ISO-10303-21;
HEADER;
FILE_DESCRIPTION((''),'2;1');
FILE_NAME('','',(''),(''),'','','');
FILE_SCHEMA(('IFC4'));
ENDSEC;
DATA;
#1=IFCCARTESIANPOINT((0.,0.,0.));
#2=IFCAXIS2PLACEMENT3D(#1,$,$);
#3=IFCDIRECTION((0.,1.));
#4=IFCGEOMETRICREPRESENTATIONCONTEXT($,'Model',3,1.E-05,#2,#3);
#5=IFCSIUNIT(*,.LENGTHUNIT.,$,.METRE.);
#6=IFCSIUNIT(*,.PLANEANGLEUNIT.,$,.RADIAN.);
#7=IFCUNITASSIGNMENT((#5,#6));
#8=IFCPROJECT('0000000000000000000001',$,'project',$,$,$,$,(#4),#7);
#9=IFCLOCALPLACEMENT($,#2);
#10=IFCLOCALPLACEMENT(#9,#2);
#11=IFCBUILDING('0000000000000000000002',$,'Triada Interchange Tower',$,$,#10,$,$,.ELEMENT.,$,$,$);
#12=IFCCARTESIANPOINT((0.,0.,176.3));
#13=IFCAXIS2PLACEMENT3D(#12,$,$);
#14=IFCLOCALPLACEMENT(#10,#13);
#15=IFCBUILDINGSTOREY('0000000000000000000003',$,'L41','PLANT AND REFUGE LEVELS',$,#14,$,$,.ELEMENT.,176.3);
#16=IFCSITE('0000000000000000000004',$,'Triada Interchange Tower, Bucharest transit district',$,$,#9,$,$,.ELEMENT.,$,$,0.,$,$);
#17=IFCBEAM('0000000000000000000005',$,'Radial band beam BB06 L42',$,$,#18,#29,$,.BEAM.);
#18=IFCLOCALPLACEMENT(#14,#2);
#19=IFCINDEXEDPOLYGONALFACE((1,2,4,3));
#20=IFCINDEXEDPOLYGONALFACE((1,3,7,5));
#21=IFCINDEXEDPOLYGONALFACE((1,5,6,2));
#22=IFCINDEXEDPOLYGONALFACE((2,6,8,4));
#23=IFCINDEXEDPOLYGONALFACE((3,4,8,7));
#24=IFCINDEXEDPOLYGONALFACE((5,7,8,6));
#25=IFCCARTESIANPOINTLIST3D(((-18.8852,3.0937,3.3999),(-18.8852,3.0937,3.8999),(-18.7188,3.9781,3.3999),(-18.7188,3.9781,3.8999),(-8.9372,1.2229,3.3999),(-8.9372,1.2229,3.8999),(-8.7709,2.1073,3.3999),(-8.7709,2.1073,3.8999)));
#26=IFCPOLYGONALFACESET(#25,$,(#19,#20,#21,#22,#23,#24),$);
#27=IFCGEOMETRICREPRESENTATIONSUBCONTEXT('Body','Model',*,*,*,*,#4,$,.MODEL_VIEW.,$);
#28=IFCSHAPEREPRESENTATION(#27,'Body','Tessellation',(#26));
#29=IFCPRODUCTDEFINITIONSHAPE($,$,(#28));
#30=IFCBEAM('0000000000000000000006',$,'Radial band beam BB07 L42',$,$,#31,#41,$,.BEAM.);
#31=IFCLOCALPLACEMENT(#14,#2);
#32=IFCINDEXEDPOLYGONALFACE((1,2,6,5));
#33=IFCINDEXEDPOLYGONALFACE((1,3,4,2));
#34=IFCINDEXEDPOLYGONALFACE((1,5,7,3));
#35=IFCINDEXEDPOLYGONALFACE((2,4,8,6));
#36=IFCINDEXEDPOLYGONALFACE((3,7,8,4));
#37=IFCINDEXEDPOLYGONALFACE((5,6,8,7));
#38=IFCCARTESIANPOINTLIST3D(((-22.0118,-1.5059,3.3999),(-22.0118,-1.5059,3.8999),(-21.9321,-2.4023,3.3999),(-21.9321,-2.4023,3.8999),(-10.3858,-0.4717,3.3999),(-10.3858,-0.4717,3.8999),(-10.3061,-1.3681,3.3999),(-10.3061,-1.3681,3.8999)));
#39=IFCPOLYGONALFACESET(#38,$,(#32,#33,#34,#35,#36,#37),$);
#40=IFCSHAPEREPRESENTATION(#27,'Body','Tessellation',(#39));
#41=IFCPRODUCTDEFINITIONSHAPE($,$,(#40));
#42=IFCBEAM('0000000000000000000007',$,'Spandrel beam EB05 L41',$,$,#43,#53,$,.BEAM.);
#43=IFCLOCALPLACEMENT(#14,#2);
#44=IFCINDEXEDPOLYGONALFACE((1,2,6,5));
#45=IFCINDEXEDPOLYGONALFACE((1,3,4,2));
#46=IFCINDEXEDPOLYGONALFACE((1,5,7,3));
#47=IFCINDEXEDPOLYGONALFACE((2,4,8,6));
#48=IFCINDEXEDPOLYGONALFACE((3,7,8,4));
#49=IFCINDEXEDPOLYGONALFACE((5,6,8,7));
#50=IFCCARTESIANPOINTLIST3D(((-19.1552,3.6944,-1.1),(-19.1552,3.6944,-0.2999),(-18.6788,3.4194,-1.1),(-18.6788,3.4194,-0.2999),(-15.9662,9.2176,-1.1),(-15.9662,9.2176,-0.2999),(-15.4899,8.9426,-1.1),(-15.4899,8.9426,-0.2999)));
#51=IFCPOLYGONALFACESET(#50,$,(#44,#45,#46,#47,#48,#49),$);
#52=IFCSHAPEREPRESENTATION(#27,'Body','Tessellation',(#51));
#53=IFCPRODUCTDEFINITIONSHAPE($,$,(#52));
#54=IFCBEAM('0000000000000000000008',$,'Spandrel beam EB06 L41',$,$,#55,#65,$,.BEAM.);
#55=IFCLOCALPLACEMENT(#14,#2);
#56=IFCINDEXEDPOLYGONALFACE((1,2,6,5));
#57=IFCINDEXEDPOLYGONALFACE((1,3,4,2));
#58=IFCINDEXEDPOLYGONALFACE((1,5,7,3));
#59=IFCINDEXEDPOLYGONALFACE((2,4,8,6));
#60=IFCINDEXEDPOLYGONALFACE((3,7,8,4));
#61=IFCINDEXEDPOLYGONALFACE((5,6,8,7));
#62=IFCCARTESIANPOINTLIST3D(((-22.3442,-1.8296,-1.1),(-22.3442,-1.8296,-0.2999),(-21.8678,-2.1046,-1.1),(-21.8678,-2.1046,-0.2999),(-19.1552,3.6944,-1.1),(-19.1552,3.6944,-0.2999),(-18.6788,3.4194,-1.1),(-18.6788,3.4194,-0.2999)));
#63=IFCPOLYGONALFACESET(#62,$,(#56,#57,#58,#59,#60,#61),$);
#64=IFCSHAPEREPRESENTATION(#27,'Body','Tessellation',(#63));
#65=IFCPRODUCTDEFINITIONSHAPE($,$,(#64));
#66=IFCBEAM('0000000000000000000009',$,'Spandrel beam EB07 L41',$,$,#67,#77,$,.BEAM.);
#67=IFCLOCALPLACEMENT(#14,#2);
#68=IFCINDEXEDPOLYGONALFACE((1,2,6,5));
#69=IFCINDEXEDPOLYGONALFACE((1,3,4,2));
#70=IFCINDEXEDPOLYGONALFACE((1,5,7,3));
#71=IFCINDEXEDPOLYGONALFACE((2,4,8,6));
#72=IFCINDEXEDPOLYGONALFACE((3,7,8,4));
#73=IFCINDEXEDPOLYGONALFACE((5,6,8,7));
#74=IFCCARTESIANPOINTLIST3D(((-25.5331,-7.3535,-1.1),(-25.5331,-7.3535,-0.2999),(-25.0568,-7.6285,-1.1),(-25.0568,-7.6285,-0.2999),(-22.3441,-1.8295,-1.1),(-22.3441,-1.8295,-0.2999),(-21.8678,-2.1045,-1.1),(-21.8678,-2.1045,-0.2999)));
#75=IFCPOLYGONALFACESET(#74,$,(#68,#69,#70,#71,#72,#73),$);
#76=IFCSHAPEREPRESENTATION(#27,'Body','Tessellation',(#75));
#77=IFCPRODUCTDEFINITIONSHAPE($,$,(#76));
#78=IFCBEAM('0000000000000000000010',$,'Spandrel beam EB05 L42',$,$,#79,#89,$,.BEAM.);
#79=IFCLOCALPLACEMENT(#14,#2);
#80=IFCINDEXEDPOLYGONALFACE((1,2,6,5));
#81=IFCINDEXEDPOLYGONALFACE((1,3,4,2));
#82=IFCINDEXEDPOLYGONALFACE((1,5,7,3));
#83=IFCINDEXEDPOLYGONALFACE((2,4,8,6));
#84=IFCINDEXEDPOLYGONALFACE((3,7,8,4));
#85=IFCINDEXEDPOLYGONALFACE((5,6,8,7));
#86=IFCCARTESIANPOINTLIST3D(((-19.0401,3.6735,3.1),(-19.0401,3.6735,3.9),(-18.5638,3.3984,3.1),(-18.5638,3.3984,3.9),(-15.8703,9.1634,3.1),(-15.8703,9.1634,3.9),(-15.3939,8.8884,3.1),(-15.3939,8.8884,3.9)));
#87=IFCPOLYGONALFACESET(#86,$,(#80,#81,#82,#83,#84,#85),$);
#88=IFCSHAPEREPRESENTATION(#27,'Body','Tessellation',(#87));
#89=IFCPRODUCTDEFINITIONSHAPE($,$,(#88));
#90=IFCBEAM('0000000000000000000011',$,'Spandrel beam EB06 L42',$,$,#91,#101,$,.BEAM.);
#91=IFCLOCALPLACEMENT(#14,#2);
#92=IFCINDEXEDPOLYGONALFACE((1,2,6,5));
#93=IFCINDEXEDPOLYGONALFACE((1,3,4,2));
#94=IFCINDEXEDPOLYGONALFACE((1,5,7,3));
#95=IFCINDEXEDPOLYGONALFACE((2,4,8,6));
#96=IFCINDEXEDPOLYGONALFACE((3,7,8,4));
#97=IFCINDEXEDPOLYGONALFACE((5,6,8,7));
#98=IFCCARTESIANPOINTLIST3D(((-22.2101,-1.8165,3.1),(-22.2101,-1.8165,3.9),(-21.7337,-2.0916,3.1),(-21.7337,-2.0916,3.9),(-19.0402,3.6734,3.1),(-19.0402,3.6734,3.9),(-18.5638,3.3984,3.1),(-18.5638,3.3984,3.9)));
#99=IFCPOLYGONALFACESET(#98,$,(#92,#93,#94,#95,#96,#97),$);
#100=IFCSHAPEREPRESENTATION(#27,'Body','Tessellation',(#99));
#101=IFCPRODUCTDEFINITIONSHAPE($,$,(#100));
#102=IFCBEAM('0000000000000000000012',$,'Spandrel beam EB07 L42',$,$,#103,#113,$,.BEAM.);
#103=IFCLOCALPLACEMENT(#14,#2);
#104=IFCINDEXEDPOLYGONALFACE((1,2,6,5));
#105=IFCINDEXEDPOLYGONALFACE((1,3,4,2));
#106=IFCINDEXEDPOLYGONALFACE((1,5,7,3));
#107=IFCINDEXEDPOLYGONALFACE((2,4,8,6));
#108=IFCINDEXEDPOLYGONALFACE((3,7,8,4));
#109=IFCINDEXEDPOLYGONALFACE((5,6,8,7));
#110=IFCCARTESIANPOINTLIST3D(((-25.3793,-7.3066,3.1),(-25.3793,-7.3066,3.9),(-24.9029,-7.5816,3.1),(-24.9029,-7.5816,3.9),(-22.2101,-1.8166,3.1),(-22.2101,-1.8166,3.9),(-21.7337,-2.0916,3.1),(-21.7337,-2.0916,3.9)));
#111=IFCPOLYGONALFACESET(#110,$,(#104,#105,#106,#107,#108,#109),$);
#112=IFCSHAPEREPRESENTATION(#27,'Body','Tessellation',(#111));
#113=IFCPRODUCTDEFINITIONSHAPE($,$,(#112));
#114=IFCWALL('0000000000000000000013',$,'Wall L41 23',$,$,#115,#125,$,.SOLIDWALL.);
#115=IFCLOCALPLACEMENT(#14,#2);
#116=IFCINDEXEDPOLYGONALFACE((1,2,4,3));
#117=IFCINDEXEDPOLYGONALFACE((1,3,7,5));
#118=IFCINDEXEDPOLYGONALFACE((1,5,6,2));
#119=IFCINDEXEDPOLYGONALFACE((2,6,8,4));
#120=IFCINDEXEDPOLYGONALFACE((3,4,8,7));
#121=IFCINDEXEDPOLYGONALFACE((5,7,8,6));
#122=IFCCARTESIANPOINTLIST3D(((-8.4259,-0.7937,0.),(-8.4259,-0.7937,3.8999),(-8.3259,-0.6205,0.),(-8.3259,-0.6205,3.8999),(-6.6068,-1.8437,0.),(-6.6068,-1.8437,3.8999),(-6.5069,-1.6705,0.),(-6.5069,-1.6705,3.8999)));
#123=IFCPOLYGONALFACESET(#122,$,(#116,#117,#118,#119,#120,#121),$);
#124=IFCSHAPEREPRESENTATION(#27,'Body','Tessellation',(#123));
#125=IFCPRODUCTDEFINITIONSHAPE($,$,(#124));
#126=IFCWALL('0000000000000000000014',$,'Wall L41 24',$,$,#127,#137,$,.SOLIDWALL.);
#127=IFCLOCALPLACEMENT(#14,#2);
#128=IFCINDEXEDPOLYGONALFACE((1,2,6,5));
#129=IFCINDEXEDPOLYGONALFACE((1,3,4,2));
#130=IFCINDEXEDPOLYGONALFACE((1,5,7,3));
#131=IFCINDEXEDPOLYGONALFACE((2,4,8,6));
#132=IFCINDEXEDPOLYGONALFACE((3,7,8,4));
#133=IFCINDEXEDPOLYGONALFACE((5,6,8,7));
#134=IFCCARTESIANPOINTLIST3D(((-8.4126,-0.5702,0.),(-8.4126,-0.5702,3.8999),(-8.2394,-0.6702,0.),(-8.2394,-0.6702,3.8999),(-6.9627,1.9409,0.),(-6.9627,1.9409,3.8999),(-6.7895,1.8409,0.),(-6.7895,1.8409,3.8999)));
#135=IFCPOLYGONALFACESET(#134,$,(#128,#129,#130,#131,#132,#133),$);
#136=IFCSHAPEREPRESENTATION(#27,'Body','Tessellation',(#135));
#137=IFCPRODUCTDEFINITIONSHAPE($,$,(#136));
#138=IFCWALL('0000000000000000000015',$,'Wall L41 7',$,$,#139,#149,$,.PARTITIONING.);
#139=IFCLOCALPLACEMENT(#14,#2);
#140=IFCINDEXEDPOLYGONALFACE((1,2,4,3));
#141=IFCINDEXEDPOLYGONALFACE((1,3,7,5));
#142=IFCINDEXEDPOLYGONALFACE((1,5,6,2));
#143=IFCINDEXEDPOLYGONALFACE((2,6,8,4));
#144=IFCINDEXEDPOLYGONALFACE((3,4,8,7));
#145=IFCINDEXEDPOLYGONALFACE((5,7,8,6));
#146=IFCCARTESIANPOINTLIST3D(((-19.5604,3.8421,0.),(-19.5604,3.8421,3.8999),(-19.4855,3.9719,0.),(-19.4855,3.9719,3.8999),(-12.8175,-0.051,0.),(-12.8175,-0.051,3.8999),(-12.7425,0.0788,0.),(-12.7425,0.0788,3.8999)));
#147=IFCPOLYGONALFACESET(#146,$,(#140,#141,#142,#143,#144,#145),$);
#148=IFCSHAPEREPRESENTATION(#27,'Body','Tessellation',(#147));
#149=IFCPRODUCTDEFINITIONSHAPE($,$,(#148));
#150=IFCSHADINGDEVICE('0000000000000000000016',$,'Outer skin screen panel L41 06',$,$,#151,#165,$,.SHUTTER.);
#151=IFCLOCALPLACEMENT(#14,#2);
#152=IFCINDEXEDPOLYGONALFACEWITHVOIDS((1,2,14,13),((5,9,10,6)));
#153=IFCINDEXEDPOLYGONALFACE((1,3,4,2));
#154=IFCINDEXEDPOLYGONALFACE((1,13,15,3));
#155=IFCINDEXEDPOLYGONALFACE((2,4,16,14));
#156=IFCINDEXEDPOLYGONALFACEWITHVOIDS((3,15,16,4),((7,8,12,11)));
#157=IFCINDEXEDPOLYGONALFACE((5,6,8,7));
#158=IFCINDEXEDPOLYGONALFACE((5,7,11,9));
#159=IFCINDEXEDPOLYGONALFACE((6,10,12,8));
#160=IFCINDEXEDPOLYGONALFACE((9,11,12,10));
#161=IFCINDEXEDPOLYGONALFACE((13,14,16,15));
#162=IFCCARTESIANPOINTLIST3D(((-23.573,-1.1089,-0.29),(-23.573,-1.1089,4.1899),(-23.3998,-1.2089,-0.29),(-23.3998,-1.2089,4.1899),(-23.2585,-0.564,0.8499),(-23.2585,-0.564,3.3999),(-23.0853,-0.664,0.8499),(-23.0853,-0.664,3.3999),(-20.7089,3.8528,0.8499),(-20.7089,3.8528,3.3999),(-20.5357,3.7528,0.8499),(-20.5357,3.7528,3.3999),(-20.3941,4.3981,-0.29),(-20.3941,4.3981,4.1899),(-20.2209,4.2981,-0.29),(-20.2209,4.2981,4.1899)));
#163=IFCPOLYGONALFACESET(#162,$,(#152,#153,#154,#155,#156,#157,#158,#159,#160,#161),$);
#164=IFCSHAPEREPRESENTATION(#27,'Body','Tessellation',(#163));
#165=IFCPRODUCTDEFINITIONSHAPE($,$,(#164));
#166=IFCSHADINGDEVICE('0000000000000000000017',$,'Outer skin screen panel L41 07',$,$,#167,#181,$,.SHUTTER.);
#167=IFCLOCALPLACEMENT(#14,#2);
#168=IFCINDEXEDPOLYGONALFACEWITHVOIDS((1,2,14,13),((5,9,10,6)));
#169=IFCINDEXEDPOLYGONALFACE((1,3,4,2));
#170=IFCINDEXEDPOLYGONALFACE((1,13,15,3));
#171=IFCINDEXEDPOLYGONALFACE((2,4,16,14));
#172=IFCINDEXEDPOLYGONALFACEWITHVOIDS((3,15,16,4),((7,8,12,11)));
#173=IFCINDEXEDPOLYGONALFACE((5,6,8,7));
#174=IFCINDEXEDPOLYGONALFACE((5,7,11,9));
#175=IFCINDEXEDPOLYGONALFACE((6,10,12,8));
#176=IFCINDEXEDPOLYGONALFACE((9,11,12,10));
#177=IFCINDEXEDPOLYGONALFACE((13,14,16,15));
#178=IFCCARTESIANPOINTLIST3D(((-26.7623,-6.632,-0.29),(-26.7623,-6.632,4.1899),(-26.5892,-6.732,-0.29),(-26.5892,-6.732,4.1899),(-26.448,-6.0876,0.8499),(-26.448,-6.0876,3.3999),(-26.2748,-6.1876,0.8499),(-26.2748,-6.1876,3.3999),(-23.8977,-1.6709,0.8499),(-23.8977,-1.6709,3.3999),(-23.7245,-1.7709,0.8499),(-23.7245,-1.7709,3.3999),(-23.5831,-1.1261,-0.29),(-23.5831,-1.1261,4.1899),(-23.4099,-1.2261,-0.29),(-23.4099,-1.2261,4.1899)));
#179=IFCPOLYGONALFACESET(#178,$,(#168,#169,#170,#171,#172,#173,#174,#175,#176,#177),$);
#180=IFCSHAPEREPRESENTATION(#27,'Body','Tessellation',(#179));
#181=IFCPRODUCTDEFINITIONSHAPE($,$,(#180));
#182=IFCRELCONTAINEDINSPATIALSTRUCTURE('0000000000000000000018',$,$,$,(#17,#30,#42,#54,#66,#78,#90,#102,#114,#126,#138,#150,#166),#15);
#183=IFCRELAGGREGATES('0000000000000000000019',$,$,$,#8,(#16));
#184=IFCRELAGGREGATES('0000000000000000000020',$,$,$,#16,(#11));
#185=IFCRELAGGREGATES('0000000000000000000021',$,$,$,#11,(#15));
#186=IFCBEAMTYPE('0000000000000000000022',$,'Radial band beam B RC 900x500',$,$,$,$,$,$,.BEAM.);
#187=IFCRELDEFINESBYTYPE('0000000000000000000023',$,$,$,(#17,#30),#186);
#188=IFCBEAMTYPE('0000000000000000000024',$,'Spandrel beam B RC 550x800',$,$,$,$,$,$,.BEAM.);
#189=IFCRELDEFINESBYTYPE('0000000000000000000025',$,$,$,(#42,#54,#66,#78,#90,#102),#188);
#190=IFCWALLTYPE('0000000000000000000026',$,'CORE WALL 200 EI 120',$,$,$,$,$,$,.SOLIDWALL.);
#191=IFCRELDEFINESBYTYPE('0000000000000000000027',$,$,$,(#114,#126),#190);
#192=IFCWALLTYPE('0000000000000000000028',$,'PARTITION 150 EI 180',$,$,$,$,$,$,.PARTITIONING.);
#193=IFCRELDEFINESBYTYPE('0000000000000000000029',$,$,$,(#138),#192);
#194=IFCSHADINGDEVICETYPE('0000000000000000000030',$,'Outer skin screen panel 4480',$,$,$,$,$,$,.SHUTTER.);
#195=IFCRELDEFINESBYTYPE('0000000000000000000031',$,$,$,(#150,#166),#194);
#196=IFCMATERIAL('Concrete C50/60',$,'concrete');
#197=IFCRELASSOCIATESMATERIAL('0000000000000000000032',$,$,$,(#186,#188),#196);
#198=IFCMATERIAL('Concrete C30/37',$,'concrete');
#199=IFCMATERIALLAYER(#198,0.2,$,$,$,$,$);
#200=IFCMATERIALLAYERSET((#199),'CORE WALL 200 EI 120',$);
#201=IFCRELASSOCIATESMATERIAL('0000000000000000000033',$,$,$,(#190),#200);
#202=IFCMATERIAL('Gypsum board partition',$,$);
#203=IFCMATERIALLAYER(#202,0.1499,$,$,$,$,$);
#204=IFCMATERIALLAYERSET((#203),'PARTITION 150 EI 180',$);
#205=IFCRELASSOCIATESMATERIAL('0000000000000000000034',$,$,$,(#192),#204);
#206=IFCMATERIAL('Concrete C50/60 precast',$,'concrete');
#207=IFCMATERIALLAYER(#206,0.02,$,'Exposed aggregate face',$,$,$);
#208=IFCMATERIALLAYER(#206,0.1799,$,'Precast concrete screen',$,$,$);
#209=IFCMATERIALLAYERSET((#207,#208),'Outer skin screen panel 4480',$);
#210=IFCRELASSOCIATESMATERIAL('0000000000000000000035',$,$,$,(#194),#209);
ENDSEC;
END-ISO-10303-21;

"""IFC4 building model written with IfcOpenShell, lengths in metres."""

from ifc_helpers import new_model, si_unit, direction, frame, frame_2d, origin, origin_2d, place, context, subcontext, project, spatial, polyline, rectangle, outline, extrude, material, layer, layer_set, material_profile, profile_set, type_object, element, save


model = new_model("IFC4")

# Units and contexts
model_context = context("Model", 3, precision=1e-05, world=origin(), true_north=direction((0.0, 1.0)))
body_context = subcontext(model_context, "Body", "Model", "MODEL_VIEW")
ifc_project = project(units=[si_unit("LENGTHUNIT", "METRE"), si_unit("PLANEANGLEUNIT", "RADIAN")], contexts=[model_context])

# Site, building, storey
site_placement = place(None, origin())
site = spatial("IfcSite", under=ifc_project, at=site_placement, Name="Triada Interchange Tower, Bucharest transit district", CompositionType="ELEMENT", RefElevation=0.0)
building_placement = place(site_placement, origin())
building = spatial("IfcBuilding", under=site, at=building_placement, Name="Triada Interchange Tower", CompositionType="ELEMENT")
storey_placement = place(building_placement, frame((0.0, 0.0, 176.3)))
storey = spatial("IfcBuildingStorey", under=building, at=storey_placement, Name="L41", Description="PLANT AND REFUGE LEVELS", CompositionType="ELEMENT", Elevation=176.3)

# Beams
ifc_material_1 = material(Name="Concrete C50/60", Category="concrete")
ifc_material_profile_1 = material_profile(ifc_material_1, rectangle(XDim=0.8999, YDim=0.5, at=origin_2d()), Name="RC 900x500")
ifc_profile_set_1 = profile_set([ifc_material_profile_1], Name="Concrete C50/60")
beam_type_1 = type_object("IfcBeamType", Name="Radial band beam B RC 900x500", PredefinedType="BEAM", material=ifc_profile_set_1)
beam_1_placement = place(storey_placement, frame((-18.802, 3.5359, 3.6499), z_axis=(0.982772, -0.184823, 0.0), x_axis=(0.184823, 0.982772, 0.0)))
element("IfcBeam", 1, at=beam_1_placement, inside=storey, type_object=beam_type_1, Name="Radial band beam BB06 L42", PredefinedType="BEAM", context=body_context, shape_type="SweptSolid", body=[
    extrude(rectangle(XDim=0.8999, YDim=0.5, at=origin_2d()), origin(), (0.0, 0.0, 1.0), 10.1223),
])
beam_2_placement = place(storey_placement, frame((-21.9719, -1.9541, 3.6499), z_axis=(0.996067, 0.088604, 0.0), x_axis=(-0.088604, 0.996067, 0.0)))
element("IfcBeam", 2, at=beam_2_placement, inside=storey, type_object=beam_type_1, Name="Radial band beam BB07 L42", PredefinedType="BEAM", context=body_context, shape_type="SweptSolid", body=[
    extrude(rectangle(XDim=0.8999, YDim=0.5, at=origin_2d()), origin(), (0.0, 0.0, 1.0), 11.6719),
])
ifc_material_profile_2 = material_profile(ifc_material_1, rectangle(XDim=0.55, YDim=0.8, at=origin_2d()), Name="RC 550x800")
ifc_profile_set_2 = profile_set([ifc_material_profile_2], Name="Concrete C50/60")
beam_type_2 = type_object("IfcBeamType", Name="Spandrel beam B RC 550x800", PredefinedType="BEAM", material=ifc_profile_set_2)
beam_3_placement = place(storey_placement, frame((-15.728, 9.0801, -0.7), z_axis=(-0.500017, -0.866015, 0.0), x_axis=(0.866015, -0.500017, 0.0)))
element("IfcBeam", 3, at=beam_3_placement, inside=storey, type_object=beam_type_2, Name="Spandrel beam EB05 L41", PredefinedType="BEAM", context=body_context, shape_type="SweptSolid", body=[
    extrude(rectangle(XDim=0.55, YDim=0.8, at=origin_2d()), origin(), (0.0, 0.0, 1.0), 6.3777),
])
for number, where, z_axis, x_axis, name in (
    (4, (-18.917, 3.5569, -0.7), (-0.499968, -0.866044, 0.0), (0.866044, -0.499968, 0.0), "Spandrel beam EB06 L41"),
    (5, (-22.106, -1.967, -0.7), (-0.499968, -0.866044, 0.0), (0.866044, -0.499968, 0.0), "Spandrel beam EB07 L41"),
):
    element("IfcBeam", number, at=place(storey_placement, frame(where, z_axis=z_axis, x_axis=x_axis)), inside=storey, type_object=beam_type_2, Name=name, PredefinedType="BEAM", context=body_context, shape_type="SweptSolid", body=[
        extrude(rectangle(XDim=0.55, YDim=0.8, at=origin_2d()), origin(), (0.0, 0.0, 1.0), 6.3784),
    ])
for number, where, z_axis, x_axis, name in (
    (6, (-15.6321, 9.0259, 3.5), (-0.500032, -0.866007, 0.0), (0.866007, -0.500032, 0.0), "Spandrel beam EB05 L42"),
    (7, (-18.802, 3.5359, 3.5), (-0.500032, -0.866007, 0.0), (0.866007, -0.500032, 0.0), "Spandrel beam EB06 L42"),
):
    element("IfcBeam", number, at=place(storey_placement, frame(where, z_axis=z_axis, x_axis=x_axis)), inside=storey, type_object=beam_type_2, Name=name, PredefinedType="BEAM", context=body_context, shape_type="SweptSolid", body=[
        extrude(rectangle(XDim=0.55, YDim=0.8, at=origin_2d()), origin(), (0.0, 0.0, 1.0), 6.3394),
    ])
beam_4_placement = place(storey_placement, frame((-21.9719, -1.9541, 3.5), z_axis=(-0.499946, -0.866057, 0.0), x_axis=(0.866057, -0.499946, 0.0)))
element("IfcBeam", 8, at=beam_4_placement, inside=storey, type_object=beam_type_2, Name="Spandrel beam EB07 L42", PredefinedType="BEAM", context=body_context, shape_type="SweptSolid", body=[
    extrude(rectangle(XDim=0.55, YDim=0.8, at=origin_2d()), origin(), (0.0, 0.0, 1.0), 6.3391),
])

# Walls
ifc_material_2 = material(Name="Concrete C30/37", Category="concrete")
ifc_layer_1 = layer(ifc_material_2, 0.2)
ifc_layer_set_1 = layer_set([ifc_layer_1], Name="CORE WALL 200 EI 120")
wall_type_1 = type_object("IfcWallType", Name="CORE WALL 200 EI 120", PredefinedType="SOLIDWALL", material=ifc_layer_set_1)
wall_1_placement = place(storey_placement, frame((-8.376, -0.707, 0.0), z_axis=(0.0, 0.0, 1.0), x_axis=(0.866068, -0.499927, 0.0)))
element("IfcWall", 9, at=wall_1_placement, inside=storey, type_object=wall_type_1, Name="Wall L41 23", PredefinedType="SOLIDWALL", context=body_context, shape_type="SweptSolid", body=[
    extrude(rectangle(XDim=2.1003, YDim=0.2, at=frame_2d((1.0503, 0.0))), origin(), (0.0, 0.0, 1.0), 3.8999),
])
wall_2_placement = place(storey_placement, frame((-8.3259, -0.6201, 0.0), z_axis=(0.0, 0.0, 1.0), x_axis=(0.500024, 0.866012, 0.0)))
element("IfcWall", 10, at=wall_2_placement, inside=storey, type_object=wall_type_1, Name="Wall L41 24", PredefinedType="SOLIDWALL", context=body_context, shape_type="SweptSolid", body=[
    extrude(rectangle(XDim=2.8997, YDim=0.2, at=frame_2d((1.4497, 0.0))), origin(), (0.0, 0.0, 1.0), 3.8999),
])
ifc_material_3 = material(Name="Gypsum board partition")
ifc_layer_2 = layer(ifc_material_3, 0.1499)
ifc_layer_set_2 = layer_set([ifc_layer_2], Name="PARTITION 150 EI 180")
wall_type_2 = type_object("IfcWallType", Name="PARTITION 150 EI 180", PredefinedType="PARTITIONING", material=ifc_layer_set_2)
wall_3_placement = place(storey_placement, frame((-19.5229, 3.907, 0.0), z_axis=(0.0, 0.0, 1.0), x_axis=(0.866023, -0.500004, 0.0)))
element("IfcWall", 11, at=wall_3_placement, inside=storey, type_object=wall_type_2, Name="Wall L41 7", PredefinedType="PARTITIONING", context=body_context, shape_type="SweptSolid", body=[
    extrude(rectangle(XDim=7.7861, YDim=0.1499, at=frame_2d((3.8931, 0.0))), origin(), (0.0, 0.0, 1.0), 3.8999),
])

# Shading devices
ifc_material_4 = material(Name="Concrete C50/60 precast", Category="concrete")
ifc_layer_3 = layer(ifc_material_4, 0.02, Name="Exposed aggregate face")
ifc_layer_4 = layer(ifc_material_4, 0.1799, Name="Precast concrete screen")
ifc_layer_set_3 = layer_set([ifc_layer_3, ifc_layer_4], Name="Outer skin screen panel 4480")
shading_device_type = type_object("IfcShadingDeviceType", Name="Outer skin screen panel 4480", PredefinedType="SHUTTER", material=ifc_layer_set_3)
shading_device_1_placement = place(storey_placement, frame((-20.2209, 4.2981, -0.29), z_axis=(0.0, 0.0, 1.0), x_axis=(-0.499934, -0.866063, 0.0)))
element("IfcShadingDevice", 12, at=shading_device_1_placement, inside=storey, type_object=shading_device_type, Name="Outer skin screen panel L41 06", PredefinedType="SHUTTER", context=body_context, shape_type="SweptSolid", body=[
    extrude(outline(polyline([(0.0, 0.0), (6.3586, 0.0), (6.3586, 4.48), (0.0, 4.48), (0.0, 0.0)]), holes=[polyline([(0.6296, 1.1399), (0.6296, 3.6899), (5.7295, 3.6899), (5.7295, 1.1399), (0.6296, 1.1399)])]), frame((0.0, 0.0, 0.0), z_axis=(0.0, -1.0, 0.0), x_axis=(1.0, 0.0, 0.0)), (0.0, 0.0, 1.0), 0.2),
])
shading_device_2_placement = place(storey_placement, frame((-23.4099, -1.2261, -0.29), z_axis=(0.0, 0.0, 1.0), x_axis=(-0.500046, -0.865999, 0.0)))
element("IfcShadingDevice", 13, at=shading_device_2_placement, inside=storey, type_object=shading_device_type, Name="Outer skin screen panel L41 07", PredefinedType="SHUTTER", context=body_context, shape_type="SweptSolid", body=[
    extrude(outline(polyline([(0.0, 0.0), (6.3579, 0.0), (6.3579, 4.48), (0.0, 4.48), (0.0, 0.0)]), holes=[polyline([(0.6292, 1.1399), (0.6292, 3.6899), (5.7292, 3.6899), (5.7292, 1.1399), (0.6292, 1.1399)])]), frame((0.0, 0.0, 0.0), z_axis=(0.0, -1.0, 0.0), x_axis=(1.0, 0.0, 0.0)), (0.0, 0.0, 1.0), 0.2),
])

save(model, "model.ifc")
